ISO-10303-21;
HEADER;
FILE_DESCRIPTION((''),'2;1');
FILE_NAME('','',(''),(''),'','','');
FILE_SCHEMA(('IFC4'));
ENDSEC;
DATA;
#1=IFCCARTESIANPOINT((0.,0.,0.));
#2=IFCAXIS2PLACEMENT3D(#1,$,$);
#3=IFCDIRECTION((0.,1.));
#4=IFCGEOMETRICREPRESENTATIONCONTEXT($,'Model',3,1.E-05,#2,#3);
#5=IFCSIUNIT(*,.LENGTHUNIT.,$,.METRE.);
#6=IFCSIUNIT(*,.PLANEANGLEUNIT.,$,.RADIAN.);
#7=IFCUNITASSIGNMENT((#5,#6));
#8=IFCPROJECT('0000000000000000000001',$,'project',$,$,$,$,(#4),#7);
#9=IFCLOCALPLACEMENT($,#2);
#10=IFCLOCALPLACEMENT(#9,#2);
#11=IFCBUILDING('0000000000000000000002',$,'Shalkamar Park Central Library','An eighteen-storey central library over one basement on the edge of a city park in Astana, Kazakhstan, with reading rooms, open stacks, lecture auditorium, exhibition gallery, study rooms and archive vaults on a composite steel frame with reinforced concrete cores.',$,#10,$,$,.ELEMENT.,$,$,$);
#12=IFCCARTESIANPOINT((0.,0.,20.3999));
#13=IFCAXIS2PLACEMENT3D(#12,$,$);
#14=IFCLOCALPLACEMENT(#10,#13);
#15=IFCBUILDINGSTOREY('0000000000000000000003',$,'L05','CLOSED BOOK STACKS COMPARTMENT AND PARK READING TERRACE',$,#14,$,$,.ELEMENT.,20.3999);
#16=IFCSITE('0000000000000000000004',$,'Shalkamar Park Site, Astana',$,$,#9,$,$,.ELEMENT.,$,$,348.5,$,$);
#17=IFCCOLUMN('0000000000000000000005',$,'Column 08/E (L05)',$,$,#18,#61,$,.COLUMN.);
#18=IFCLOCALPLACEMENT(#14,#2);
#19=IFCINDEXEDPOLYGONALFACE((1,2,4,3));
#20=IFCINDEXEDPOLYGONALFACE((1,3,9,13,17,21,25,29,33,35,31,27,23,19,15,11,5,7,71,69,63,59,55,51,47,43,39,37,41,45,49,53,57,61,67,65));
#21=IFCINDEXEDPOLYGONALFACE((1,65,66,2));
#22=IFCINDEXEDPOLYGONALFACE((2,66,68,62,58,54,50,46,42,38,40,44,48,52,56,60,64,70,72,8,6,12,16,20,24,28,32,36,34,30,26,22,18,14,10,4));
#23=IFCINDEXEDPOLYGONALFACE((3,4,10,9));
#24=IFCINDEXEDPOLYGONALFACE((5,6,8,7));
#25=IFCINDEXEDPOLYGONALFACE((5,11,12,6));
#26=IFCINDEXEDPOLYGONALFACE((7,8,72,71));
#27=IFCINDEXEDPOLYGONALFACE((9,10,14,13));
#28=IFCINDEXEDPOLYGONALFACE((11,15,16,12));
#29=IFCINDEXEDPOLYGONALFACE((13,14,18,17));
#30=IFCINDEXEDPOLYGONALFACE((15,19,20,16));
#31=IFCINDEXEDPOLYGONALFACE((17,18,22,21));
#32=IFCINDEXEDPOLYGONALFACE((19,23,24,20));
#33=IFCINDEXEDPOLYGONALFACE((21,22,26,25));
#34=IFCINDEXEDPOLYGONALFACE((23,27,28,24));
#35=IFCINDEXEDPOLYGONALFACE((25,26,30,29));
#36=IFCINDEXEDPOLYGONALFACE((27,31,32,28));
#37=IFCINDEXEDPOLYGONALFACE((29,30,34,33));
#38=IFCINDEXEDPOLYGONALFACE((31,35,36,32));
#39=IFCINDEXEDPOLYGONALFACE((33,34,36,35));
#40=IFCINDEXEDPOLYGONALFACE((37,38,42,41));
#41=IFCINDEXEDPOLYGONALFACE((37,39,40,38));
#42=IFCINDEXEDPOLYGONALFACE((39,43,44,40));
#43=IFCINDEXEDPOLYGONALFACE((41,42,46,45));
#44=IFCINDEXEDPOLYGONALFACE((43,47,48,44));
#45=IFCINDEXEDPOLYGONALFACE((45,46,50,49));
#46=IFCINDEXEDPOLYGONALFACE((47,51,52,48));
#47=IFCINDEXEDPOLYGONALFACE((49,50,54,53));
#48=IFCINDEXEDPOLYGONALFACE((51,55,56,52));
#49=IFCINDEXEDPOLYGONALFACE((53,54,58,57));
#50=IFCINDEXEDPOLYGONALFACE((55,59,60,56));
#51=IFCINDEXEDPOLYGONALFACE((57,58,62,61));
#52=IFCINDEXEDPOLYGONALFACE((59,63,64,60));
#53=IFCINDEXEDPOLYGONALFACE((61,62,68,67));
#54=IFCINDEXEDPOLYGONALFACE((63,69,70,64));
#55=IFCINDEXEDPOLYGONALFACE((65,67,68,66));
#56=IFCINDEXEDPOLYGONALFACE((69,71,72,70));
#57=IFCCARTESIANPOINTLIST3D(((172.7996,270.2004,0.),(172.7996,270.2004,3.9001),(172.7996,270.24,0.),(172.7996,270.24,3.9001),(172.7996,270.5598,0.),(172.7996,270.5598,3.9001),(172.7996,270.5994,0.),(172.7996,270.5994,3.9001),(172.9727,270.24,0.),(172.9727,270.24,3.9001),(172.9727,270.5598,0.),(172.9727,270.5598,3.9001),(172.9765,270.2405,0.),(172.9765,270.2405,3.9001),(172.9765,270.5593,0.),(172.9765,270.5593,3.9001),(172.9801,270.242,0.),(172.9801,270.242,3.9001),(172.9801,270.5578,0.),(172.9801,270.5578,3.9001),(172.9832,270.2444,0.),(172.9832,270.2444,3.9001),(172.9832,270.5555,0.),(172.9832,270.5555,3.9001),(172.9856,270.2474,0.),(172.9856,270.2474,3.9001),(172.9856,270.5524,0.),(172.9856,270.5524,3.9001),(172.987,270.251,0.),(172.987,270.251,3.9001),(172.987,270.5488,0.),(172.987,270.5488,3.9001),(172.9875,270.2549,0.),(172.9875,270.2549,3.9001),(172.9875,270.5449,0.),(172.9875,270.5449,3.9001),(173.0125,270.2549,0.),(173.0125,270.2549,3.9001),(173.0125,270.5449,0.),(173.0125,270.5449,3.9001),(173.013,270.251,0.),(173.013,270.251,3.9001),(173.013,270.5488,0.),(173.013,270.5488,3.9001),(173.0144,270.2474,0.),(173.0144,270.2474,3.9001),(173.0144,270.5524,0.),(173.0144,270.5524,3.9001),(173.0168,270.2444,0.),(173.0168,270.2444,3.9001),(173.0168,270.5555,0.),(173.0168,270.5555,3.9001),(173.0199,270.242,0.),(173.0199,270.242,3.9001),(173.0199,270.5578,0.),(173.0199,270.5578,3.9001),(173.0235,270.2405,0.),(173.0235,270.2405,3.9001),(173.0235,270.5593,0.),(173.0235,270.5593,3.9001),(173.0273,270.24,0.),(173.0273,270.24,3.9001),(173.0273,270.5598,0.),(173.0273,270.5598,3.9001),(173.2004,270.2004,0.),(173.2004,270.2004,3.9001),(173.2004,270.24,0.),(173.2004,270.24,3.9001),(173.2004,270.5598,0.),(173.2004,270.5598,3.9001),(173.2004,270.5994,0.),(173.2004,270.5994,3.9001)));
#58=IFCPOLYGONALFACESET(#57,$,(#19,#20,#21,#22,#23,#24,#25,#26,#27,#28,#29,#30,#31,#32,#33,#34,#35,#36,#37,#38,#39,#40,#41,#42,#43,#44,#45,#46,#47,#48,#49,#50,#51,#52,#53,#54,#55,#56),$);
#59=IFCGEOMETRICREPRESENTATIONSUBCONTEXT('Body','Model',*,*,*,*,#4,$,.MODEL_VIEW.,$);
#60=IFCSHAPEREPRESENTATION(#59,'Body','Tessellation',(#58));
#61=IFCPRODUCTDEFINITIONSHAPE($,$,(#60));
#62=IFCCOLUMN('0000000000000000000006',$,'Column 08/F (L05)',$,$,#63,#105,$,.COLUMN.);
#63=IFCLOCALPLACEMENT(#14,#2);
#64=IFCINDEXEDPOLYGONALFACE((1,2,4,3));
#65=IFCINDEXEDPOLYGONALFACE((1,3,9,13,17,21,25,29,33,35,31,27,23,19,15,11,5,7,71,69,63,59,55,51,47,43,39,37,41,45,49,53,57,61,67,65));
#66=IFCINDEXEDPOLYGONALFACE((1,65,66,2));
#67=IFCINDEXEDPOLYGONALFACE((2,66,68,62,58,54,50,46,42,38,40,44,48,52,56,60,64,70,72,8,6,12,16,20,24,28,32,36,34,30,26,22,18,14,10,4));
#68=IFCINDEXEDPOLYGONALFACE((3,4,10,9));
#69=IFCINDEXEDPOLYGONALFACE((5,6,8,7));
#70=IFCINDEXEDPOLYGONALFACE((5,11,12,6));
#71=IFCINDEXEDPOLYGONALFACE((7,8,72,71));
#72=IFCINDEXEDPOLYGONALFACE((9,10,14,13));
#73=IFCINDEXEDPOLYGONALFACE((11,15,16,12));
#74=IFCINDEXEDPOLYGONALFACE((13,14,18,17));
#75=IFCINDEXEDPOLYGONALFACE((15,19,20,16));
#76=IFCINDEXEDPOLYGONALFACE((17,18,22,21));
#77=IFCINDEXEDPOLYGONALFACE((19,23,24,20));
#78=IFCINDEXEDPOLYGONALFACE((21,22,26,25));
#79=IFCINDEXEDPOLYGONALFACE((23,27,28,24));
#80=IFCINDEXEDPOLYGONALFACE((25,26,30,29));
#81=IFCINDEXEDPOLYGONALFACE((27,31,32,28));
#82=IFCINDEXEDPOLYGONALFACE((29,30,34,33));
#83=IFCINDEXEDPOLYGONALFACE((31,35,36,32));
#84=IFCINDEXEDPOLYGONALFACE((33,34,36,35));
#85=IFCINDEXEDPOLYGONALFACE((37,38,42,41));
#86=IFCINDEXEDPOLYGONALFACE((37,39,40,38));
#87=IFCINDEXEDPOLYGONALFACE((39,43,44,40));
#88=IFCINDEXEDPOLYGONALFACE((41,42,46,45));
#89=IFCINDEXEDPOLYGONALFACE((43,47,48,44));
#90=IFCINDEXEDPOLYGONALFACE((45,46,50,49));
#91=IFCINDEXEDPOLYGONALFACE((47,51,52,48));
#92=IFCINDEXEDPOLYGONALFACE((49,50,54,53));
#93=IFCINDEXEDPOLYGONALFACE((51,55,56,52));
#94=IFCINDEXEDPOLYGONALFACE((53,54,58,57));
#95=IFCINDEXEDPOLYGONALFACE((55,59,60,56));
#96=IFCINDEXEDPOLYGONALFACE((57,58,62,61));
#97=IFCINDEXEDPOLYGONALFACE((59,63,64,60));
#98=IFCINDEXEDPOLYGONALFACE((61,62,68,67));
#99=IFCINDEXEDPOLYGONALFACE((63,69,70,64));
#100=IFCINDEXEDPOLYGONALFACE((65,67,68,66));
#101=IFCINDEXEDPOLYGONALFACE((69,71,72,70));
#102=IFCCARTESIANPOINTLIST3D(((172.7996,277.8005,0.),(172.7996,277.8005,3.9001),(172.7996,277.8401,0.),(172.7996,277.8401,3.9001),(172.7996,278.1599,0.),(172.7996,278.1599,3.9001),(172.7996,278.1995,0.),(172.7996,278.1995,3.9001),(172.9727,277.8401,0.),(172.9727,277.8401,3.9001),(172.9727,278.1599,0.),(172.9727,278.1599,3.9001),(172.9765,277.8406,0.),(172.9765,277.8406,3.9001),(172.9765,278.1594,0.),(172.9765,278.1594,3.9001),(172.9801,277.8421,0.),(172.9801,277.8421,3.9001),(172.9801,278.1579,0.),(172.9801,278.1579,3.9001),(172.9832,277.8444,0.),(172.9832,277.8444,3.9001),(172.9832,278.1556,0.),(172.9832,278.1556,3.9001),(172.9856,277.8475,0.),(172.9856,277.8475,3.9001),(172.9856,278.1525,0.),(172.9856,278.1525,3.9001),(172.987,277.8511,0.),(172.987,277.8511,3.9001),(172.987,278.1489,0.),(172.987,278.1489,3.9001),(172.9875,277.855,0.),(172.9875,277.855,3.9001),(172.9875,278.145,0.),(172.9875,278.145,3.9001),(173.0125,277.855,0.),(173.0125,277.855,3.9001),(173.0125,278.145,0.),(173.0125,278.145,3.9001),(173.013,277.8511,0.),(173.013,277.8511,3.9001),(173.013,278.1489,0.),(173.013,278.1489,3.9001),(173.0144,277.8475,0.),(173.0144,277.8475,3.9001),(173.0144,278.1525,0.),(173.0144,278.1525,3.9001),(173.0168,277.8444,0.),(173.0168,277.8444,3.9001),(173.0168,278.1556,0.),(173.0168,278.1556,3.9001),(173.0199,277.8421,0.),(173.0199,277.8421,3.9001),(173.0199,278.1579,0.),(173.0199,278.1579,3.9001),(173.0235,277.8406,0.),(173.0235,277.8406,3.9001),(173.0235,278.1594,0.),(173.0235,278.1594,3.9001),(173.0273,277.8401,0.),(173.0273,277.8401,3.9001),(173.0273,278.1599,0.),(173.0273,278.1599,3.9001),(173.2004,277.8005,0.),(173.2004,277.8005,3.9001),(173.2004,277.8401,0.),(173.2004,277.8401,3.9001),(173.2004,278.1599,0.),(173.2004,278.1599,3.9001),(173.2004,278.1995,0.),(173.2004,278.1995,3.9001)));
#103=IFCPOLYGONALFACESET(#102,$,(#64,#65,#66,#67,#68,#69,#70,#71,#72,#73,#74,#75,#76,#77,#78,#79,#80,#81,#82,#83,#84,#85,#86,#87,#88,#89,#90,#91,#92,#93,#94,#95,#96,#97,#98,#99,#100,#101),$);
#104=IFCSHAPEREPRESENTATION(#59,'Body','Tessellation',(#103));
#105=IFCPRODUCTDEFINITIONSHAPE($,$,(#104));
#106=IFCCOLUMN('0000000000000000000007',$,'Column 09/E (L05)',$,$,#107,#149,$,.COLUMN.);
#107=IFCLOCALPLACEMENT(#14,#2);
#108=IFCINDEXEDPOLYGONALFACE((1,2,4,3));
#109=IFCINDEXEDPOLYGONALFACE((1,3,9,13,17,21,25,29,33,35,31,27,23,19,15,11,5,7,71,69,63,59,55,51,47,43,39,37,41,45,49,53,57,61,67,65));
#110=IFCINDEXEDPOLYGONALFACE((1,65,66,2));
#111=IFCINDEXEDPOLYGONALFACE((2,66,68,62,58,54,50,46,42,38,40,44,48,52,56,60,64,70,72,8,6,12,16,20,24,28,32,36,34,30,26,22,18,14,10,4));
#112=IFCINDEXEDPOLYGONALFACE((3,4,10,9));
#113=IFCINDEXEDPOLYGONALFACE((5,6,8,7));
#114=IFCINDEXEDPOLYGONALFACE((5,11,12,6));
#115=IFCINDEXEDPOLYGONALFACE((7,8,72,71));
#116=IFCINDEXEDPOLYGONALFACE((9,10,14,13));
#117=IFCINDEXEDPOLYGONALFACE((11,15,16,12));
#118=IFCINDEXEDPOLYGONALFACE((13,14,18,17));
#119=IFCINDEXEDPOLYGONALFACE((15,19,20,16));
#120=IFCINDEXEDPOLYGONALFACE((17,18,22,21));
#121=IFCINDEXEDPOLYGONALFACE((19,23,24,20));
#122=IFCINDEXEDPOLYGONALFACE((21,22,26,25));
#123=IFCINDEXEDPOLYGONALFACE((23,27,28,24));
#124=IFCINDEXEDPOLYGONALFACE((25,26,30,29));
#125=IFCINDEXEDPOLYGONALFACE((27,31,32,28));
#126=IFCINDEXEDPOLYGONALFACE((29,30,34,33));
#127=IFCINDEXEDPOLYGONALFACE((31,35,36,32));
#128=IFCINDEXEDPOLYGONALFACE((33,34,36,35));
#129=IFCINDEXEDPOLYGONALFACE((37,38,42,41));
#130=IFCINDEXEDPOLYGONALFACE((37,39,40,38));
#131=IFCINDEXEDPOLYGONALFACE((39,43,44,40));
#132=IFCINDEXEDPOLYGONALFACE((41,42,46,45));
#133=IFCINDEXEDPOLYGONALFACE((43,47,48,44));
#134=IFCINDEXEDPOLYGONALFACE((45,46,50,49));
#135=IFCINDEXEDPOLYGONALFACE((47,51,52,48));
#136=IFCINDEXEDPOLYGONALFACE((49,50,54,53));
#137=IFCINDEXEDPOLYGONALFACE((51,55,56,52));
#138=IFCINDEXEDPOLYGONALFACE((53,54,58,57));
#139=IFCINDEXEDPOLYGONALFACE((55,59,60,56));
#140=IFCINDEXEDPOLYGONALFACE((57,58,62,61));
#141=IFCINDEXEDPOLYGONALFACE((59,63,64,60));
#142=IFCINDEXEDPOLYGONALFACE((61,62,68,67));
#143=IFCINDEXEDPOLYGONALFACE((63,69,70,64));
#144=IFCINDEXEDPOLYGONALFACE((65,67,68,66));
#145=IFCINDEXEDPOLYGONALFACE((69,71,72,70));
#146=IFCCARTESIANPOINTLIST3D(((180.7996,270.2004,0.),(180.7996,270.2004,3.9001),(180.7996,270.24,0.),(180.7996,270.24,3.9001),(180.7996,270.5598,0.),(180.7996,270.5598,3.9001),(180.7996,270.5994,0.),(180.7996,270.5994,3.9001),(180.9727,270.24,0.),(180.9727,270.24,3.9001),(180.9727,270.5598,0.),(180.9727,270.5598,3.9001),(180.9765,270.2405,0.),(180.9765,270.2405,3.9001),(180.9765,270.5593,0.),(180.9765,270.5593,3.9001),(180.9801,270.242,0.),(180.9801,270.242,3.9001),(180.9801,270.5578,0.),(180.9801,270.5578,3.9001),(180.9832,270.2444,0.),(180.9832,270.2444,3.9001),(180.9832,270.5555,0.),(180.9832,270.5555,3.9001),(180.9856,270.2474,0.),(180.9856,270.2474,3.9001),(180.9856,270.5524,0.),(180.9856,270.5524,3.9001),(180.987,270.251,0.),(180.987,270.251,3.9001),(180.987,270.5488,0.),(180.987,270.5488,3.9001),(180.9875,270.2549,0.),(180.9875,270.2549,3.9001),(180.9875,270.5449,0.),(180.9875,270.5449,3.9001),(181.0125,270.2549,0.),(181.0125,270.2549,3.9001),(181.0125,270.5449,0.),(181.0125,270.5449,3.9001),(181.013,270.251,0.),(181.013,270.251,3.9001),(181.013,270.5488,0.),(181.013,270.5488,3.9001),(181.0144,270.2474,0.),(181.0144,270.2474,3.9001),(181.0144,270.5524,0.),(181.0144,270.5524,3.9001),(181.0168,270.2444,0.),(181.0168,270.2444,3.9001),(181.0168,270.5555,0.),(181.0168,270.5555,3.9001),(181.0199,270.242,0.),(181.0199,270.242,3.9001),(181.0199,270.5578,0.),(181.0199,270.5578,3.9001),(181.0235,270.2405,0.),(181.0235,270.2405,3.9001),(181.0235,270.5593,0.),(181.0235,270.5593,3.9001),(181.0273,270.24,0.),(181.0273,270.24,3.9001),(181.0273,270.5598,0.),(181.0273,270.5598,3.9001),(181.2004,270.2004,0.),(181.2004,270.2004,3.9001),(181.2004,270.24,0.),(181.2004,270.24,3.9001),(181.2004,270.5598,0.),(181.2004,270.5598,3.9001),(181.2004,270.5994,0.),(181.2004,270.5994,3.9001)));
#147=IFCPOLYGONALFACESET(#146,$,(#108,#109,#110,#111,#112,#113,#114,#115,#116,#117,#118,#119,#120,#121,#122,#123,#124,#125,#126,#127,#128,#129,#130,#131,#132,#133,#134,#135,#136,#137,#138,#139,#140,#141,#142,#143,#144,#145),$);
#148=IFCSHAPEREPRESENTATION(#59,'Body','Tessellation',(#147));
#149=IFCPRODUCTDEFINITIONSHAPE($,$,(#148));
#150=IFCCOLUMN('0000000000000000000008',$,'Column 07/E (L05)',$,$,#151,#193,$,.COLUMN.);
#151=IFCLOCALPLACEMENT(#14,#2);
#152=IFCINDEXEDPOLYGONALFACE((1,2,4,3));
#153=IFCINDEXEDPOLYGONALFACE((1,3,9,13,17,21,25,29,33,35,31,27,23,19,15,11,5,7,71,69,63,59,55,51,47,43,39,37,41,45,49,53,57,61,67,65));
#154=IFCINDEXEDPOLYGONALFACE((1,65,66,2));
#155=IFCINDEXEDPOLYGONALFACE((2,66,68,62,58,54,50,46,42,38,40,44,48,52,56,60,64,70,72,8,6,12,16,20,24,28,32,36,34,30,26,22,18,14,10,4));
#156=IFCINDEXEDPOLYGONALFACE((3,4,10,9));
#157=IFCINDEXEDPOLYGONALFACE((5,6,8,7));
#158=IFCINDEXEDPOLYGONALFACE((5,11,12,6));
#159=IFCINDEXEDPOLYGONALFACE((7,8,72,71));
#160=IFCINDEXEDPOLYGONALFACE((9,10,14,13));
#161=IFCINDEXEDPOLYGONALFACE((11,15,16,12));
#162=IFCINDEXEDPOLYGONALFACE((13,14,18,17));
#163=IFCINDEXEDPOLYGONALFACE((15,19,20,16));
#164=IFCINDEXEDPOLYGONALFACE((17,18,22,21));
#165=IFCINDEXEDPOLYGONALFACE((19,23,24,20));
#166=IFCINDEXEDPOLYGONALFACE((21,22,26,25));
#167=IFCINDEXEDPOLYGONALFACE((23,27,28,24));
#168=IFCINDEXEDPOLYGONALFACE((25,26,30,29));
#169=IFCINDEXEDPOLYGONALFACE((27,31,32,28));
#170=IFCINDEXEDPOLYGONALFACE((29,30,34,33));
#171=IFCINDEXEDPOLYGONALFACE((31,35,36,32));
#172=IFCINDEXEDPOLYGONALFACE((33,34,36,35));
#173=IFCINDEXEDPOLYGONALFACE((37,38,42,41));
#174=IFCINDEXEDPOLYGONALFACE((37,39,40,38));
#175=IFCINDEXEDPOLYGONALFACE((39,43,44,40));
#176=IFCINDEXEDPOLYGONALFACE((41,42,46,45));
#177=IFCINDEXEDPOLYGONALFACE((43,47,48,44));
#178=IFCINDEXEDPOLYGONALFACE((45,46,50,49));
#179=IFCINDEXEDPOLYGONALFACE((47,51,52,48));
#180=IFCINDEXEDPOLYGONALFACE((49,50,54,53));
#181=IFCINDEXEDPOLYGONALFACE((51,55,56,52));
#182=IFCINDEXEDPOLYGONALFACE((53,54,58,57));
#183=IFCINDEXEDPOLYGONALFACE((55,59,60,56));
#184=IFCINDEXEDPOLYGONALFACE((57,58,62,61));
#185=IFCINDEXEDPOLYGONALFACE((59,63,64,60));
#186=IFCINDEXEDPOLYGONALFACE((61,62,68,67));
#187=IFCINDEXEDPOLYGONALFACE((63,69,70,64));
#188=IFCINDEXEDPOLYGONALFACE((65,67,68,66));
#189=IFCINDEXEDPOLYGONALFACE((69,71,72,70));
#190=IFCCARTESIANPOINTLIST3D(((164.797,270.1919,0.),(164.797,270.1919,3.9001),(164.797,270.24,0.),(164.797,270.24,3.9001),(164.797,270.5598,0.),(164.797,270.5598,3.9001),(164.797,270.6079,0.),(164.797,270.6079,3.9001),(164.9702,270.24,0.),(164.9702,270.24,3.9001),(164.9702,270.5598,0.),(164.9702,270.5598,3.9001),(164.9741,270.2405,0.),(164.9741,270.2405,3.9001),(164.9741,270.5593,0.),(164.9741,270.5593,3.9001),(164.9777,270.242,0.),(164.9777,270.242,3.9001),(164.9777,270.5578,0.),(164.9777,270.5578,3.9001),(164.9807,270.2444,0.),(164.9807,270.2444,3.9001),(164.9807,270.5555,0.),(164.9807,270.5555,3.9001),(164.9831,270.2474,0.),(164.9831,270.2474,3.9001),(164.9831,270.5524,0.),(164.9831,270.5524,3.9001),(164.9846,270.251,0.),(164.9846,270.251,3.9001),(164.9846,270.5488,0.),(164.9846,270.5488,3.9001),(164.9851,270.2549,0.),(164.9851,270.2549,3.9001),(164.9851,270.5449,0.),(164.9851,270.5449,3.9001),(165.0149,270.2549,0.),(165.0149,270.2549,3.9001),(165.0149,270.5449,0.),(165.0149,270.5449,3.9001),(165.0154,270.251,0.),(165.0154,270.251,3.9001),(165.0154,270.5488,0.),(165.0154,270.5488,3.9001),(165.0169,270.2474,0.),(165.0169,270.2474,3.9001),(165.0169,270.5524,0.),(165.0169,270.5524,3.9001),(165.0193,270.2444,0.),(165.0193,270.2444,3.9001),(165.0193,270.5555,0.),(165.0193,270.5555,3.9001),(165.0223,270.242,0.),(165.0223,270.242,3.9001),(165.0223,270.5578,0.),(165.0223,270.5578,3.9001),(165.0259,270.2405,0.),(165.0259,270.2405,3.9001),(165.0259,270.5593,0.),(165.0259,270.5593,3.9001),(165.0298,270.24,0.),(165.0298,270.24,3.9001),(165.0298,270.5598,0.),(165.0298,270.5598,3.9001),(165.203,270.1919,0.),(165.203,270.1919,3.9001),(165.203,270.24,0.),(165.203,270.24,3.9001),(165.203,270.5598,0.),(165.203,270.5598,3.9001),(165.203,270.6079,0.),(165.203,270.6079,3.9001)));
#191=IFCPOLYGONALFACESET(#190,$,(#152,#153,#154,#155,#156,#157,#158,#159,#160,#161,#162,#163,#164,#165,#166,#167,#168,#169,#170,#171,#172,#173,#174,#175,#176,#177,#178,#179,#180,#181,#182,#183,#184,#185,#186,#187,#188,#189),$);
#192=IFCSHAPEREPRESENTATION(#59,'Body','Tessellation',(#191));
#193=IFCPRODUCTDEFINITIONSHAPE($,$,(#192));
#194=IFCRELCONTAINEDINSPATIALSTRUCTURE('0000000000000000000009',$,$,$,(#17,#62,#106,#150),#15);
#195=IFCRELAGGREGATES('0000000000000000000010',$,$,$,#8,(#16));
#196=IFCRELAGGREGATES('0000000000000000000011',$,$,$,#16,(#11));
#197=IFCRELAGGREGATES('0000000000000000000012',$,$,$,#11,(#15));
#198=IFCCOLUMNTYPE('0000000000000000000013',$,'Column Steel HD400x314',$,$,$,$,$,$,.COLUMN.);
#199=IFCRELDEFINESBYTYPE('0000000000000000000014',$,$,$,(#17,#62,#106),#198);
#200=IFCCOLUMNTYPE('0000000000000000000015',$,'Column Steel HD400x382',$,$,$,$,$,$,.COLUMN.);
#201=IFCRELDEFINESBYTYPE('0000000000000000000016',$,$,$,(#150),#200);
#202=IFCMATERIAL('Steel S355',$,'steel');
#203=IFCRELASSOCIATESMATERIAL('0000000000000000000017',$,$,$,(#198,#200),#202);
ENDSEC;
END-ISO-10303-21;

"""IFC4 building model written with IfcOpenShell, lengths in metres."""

from ifc_helpers import new_model, si_unit, direction, frame, origin, origin_2d, place, context, subcontext, project, spatial, i_section, extrude, material, material_profile, profile_set, type_object, element, save


model = new_model("IFC4")

# Units and contexts
model_context = context("Model", 3, precision=1e-05, world=origin(), true_north=direction((0.0, 1.0)))
body_context = subcontext(model_context, "Body", "Model", "MODEL_VIEW")
ifc_project = project(units=[si_unit("LENGTHUNIT", "METRE"), si_unit("PLANEANGLEUNIT", "RADIAN")], contexts=[model_context])

# Site, building, storey
site_placement = place(None, origin())
site = spatial("IfcSite", under=ifc_project, at=site_placement, Name="Shalkamar Park Site, Astana", CompositionType="ELEMENT", RefElevation=348.5)
building_placement = place(site_placement, origin())
building = spatial("IfcBuilding", under=site, at=building_placement, Name="Shalkamar Park Central Library", Description="An eighteen-storey central library over one basement on the edge of a city park in Astana, Kazakhstan, with reading rooms, open stacks, lecture auditorium, exhibition gallery, study rooms and archive vaults on a composite steel frame with reinforced concrete cores.", CompositionType="ELEMENT")
storey_placement = place(building_placement, frame((0.0, 0.0, 20.3999)))
storey = spatial("IfcBuildingStorey", under=building, at=storey_placement, Name="L05", Description="CLOSED BOOK STACKS COMPARTMENT AND PARK READING TERRACE", CompositionType="ELEMENT", Elevation=20.3999)

# Columns
ifc_material_1 = material(Name="Steel S355", Category="steel")
ifc_material_profile_1 = material_profile(ifc_material_1, i_section(OverallWidth=0.4009, OverallDepth=0.3989, WebThickness=0.0249, FlangeThickness=0.0396, FilletRadius=0.0149, at=origin_2d()), Name="HD 400x314")
ifc_profile_set_1 = profile_set([ifc_material_profile_1], Name="Steel S355")
column_type_1 = type_object("IfcColumnType", Name="Column Steel HD400x314", PredefinedType="COLUMN", material=ifc_profile_set_1)
for number, where, z_axis, x_axis, name in (
    (1, (173.0, 270.3999, 0.0), (0.0, 0.0, 1.0), (1.0, 0.0, 0.0), "Column 08/E (L05)"),
    (2, (173.0, 278.0, 0.0), (0.0, 0.0, 1.0), (1.0, 0.0, 0.0), "Column 08/F (L05)"),
    (3, (181.0, 270.3999, 0.0), (0.0, 0.0, 1.0), (1.0, 0.0, 0.0), "Column 09/E (L05)"),
):
    element("IfcColumn", number, at=place(storey_placement, frame(where, z_axis=z_axis, x_axis=x_axis)), inside=storey, type_object=column_type_1, Name=name, PredefinedType="COLUMN", context=body_context, shape_type="SweptSolid", body=[
        extrude(i_section(OverallWidth=0.4009, OverallDepth=0.3989, WebThickness=0.0249, FlangeThickness=0.0396, FilletRadius=0.0149, at=origin_2d()), origin(), (0.0, 0.0, 1.0), 3.9001),
    ])
ifc_material_profile_2 = material_profile(ifc_material_1, i_section(OverallWidth=0.406, OverallDepth=0.416, WebThickness=0.0298, FlangeThickness=0.0481, FilletRadius=0.0149, at=origin_2d()), Name="HD 400x382")
ifc_profile_set_2 = profile_set([ifc_material_profile_2], Name="Steel S355")
column_type_2 = type_object("IfcColumnType", Name="Column Steel HD400x382", PredefinedType="COLUMN", material=ifc_profile_set_2)
for number, where, z_axis, x_axis, name in (
    (4, (165.0, 270.3999, 0.0), (0.0, 0.0, 1.0), (1.0, 0.0, 0.0), "Column 07/E (L05)"),
):
    element("IfcColumn", number, at=place(storey_placement, frame(where, z_axis=z_axis, x_axis=x_axis)), inside=storey, type_object=column_type_2, Name=name, PredefinedType="COLUMN", context=body_context, shape_type="SweptSolid", body=[
        extrude(i_section(OverallWidth=0.406, OverallDepth=0.416, WebThickness=0.0298, FlangeThickness=0.0481, FilletRadius=0.0149, at=origin_2d()), origin(), (0.0, 0.0, 1.0), 3.9001),
    ])

save(model, "model.ifc")
